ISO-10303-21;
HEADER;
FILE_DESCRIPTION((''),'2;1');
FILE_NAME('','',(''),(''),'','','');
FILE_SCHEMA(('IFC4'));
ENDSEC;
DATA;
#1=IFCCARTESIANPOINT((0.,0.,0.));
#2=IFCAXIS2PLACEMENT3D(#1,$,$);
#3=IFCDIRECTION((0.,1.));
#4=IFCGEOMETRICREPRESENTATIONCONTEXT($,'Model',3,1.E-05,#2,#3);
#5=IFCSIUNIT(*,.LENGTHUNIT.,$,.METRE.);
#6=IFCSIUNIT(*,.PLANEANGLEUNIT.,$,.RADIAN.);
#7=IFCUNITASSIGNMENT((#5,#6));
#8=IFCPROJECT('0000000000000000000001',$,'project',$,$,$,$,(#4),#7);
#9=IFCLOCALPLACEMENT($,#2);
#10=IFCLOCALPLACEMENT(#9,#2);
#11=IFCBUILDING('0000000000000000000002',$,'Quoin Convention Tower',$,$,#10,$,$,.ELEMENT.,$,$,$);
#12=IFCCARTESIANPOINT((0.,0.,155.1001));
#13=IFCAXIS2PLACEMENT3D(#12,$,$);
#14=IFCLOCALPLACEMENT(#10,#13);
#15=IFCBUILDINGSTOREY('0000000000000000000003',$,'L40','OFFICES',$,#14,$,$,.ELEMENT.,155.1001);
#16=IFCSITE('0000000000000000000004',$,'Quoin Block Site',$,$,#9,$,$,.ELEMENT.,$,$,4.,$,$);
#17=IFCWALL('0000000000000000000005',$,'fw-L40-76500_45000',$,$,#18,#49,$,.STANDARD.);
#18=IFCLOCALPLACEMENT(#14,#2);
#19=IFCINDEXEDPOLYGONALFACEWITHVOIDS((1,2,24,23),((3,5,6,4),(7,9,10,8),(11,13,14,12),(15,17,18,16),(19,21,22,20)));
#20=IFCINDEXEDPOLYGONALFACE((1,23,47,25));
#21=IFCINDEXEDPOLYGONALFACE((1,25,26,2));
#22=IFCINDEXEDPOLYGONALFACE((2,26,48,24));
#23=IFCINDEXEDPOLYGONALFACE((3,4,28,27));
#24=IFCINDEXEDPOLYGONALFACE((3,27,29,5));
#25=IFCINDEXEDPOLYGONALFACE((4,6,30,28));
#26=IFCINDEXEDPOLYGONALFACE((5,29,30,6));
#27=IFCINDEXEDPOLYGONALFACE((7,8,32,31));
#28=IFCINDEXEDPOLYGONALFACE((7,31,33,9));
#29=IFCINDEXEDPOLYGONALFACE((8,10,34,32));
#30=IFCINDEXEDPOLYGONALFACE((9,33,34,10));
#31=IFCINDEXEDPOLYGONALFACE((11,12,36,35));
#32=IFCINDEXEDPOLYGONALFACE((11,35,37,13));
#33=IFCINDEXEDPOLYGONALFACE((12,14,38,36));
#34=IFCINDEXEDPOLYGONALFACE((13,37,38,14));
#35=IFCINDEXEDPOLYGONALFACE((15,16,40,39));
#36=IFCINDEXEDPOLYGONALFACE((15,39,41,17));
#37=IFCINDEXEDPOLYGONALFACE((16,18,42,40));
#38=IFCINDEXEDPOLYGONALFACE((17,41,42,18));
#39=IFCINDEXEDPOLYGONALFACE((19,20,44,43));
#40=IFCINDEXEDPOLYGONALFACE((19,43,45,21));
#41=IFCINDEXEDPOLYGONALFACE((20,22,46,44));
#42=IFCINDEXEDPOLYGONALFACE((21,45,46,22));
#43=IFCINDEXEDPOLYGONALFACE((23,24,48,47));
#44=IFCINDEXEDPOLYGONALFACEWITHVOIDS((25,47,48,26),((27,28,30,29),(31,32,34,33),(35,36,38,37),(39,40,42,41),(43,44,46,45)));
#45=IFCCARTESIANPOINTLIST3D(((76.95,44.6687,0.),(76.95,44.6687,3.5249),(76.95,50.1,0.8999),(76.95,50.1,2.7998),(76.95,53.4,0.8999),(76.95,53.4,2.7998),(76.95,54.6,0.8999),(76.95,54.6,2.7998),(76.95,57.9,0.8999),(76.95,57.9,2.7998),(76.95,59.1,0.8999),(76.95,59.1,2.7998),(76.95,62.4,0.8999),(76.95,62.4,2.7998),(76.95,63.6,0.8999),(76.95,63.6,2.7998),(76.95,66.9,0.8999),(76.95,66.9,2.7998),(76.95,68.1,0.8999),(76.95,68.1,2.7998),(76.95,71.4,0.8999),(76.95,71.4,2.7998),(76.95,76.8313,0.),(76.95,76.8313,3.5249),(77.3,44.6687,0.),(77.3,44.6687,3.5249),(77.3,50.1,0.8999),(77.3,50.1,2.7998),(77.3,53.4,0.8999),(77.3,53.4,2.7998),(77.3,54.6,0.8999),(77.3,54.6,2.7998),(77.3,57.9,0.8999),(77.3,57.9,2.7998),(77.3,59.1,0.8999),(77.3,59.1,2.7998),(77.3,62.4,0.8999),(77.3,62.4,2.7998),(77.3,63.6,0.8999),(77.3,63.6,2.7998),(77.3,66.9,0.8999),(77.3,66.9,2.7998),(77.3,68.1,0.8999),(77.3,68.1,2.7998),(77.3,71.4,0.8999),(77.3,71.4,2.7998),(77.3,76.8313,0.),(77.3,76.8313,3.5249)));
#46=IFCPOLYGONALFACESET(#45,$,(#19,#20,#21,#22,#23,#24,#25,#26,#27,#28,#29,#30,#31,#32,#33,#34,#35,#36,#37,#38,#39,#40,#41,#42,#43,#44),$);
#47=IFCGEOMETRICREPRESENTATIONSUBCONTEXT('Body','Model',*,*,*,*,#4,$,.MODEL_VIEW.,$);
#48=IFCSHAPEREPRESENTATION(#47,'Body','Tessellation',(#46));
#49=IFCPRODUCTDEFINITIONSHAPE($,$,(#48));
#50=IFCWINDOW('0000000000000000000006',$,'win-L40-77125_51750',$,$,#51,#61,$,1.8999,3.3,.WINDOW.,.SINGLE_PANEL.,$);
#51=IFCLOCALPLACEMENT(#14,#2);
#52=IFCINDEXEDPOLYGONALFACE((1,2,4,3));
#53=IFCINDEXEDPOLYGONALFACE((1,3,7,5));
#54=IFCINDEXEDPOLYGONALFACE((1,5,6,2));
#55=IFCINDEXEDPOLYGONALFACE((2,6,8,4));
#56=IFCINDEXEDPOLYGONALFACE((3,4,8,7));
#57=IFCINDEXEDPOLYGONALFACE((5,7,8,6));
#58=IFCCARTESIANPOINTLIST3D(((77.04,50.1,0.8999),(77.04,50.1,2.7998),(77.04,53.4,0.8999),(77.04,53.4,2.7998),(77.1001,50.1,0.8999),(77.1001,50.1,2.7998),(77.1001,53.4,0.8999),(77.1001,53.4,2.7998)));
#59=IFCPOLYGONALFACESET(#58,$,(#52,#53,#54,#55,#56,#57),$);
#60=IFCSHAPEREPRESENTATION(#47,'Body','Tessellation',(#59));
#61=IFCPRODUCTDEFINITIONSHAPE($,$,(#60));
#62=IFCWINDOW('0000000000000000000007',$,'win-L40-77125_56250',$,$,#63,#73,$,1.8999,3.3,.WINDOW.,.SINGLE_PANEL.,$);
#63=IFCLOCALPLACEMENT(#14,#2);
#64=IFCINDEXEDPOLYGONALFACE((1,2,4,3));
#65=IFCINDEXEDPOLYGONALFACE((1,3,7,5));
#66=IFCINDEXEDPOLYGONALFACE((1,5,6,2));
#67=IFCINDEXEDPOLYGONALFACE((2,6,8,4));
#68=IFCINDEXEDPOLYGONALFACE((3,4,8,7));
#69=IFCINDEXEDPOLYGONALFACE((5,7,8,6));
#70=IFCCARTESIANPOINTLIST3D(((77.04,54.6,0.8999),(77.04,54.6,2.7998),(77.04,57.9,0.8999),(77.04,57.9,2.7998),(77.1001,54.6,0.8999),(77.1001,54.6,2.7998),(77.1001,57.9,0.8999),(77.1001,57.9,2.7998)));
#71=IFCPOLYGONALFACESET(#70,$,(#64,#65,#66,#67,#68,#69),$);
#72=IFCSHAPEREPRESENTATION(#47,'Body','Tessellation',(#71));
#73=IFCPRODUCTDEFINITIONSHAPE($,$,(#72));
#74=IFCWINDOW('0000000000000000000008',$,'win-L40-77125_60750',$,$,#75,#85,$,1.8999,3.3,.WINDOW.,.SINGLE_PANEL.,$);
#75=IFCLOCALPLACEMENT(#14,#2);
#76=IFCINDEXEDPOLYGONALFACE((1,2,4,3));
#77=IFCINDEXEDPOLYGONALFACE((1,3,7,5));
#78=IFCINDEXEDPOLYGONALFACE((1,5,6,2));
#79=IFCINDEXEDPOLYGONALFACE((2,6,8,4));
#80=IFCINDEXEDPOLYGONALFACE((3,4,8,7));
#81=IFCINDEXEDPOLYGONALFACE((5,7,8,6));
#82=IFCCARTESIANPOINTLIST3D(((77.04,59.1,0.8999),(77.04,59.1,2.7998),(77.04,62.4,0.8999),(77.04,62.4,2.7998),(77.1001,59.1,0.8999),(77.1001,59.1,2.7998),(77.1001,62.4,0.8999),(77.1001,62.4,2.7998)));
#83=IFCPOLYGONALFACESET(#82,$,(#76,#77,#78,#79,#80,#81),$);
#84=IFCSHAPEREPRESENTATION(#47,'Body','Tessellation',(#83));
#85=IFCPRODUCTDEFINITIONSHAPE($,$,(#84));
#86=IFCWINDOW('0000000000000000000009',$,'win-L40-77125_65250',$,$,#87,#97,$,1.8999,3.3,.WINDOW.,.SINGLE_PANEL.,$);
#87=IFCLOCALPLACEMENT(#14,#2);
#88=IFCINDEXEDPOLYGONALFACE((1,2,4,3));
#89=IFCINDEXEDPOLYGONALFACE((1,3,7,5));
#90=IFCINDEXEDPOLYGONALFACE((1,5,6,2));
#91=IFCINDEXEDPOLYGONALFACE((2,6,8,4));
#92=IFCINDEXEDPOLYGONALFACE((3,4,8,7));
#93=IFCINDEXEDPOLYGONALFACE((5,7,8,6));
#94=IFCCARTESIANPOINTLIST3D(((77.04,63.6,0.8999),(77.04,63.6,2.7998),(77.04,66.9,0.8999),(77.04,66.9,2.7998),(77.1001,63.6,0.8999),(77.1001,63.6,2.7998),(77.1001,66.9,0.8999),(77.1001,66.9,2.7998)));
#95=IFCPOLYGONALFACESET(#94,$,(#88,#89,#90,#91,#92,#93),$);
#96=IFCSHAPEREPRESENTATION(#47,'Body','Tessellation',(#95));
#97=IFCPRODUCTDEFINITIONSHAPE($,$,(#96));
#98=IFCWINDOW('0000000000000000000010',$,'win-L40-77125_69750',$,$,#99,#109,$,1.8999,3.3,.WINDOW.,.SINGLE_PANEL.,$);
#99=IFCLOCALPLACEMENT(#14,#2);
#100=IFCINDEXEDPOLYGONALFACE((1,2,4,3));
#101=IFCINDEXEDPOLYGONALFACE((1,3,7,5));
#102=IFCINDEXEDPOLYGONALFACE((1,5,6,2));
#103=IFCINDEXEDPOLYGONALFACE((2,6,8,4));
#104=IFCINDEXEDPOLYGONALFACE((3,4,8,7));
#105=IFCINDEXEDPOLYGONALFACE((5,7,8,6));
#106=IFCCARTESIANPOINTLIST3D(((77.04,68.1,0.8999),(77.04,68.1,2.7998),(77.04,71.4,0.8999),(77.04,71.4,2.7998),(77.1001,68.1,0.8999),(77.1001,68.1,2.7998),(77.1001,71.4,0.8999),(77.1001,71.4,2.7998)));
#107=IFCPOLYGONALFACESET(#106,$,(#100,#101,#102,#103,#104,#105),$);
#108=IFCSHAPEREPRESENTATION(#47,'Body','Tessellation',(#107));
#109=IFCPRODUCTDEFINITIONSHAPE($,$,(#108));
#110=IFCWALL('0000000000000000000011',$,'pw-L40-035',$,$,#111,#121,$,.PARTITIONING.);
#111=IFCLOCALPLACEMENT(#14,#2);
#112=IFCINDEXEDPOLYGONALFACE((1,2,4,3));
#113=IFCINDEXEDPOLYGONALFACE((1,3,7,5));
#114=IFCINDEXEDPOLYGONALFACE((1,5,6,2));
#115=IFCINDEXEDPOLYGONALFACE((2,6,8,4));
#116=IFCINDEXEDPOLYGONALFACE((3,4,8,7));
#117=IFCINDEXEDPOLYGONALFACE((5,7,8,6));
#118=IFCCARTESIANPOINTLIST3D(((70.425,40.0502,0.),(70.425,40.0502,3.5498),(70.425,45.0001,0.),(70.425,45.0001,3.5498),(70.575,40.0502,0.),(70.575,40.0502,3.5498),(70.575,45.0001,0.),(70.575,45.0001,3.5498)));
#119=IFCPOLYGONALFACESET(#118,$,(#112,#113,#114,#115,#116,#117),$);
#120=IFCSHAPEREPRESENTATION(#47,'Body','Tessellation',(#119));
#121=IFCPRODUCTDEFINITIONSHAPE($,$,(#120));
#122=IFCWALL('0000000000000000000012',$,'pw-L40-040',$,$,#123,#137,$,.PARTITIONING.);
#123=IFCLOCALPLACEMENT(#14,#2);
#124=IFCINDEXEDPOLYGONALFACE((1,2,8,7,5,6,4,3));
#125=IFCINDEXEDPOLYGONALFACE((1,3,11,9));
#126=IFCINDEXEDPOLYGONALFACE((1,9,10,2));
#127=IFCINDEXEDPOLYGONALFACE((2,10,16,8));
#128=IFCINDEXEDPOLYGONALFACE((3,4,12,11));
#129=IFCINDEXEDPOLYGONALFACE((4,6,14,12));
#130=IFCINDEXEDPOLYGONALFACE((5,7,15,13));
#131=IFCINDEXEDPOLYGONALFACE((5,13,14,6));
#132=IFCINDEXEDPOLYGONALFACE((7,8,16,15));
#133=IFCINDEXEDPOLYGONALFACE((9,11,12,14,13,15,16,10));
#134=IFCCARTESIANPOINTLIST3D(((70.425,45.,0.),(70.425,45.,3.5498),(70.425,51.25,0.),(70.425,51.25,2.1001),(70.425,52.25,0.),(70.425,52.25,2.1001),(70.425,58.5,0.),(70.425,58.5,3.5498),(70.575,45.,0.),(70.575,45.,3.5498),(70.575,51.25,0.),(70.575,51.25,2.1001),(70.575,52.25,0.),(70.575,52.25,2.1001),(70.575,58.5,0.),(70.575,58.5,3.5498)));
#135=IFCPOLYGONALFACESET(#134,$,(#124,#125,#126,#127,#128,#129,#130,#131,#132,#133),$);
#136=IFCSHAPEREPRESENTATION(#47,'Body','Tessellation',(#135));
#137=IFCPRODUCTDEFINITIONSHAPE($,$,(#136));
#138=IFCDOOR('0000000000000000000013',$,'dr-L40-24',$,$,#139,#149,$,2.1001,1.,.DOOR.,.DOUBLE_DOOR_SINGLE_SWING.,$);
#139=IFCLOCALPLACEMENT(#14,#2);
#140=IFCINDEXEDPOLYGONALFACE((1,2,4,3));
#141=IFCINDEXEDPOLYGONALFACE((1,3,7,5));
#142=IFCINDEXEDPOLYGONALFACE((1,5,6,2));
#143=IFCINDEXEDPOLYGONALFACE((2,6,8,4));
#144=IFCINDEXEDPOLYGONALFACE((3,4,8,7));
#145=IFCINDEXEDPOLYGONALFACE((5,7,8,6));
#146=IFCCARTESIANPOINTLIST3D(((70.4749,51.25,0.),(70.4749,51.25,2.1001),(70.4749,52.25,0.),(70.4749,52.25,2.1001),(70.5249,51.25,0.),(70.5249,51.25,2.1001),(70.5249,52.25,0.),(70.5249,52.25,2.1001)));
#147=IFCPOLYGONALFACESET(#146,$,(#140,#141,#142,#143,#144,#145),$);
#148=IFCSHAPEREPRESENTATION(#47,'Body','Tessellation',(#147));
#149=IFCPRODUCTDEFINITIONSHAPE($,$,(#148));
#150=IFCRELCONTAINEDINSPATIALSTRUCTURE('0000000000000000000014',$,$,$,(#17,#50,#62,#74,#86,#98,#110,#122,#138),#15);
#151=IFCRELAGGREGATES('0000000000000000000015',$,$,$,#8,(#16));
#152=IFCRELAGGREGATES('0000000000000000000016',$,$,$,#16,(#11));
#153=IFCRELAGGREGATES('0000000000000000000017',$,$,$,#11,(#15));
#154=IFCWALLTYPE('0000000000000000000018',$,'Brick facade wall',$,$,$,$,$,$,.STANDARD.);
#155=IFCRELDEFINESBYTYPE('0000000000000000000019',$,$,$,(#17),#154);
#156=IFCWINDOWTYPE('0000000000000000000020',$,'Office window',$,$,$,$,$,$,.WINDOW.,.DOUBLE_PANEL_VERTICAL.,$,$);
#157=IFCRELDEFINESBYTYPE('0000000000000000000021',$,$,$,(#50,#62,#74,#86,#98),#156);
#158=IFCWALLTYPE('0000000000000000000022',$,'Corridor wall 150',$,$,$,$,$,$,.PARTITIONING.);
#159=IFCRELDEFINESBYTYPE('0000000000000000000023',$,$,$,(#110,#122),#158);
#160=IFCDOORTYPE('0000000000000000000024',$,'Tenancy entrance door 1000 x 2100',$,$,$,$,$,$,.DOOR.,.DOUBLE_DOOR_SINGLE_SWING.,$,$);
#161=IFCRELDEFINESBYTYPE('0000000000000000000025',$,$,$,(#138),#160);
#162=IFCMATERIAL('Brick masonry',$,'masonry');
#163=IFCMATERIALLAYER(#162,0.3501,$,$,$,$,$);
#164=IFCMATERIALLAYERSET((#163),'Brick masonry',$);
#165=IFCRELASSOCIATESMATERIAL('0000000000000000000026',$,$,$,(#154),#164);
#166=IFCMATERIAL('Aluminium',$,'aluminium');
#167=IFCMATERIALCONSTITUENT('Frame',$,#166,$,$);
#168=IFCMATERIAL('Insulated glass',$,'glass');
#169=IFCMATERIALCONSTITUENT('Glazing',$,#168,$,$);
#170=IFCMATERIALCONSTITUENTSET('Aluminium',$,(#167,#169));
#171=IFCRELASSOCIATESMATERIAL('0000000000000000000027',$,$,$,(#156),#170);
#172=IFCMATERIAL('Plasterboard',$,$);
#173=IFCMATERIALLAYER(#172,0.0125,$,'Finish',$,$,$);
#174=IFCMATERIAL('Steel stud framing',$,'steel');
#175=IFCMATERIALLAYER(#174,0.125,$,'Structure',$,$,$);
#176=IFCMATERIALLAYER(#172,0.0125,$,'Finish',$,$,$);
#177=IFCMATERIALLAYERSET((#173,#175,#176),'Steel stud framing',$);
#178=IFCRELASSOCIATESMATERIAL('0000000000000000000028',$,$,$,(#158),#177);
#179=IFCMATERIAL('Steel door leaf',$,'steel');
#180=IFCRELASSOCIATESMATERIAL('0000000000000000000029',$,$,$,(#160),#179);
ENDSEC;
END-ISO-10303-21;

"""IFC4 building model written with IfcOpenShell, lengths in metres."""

from ifc_helpers import new_model, si_unit, direction, frame, frame_2d, origin, place, context, subcontext, project, spatial, rectangle, extrude, material, layer, layer_set, constituent, constituent_set, type_object, element, fill, save


model = new_model("IFC4")

# Units and contexts
model_context = context("Model", 3, precision=1e-05, world=origin(), true_north=direction((0.0, 1.0)))
body_context = subcontext(model_context, "Body", "Model", "MODEL_VIEW")
ifc_project = project(units=[si_unit("LENGTHUNIT", "METRE"), si_unit("PLANEANGLEUNIT", "RADIAN")], contexts=[model_context])

# Site, building, storey
site_placement = place(None, origin())
site = spatial("IfcSite", under=ifc_project, at=site_placement, Name="Quoin Block Site", CompositionType="ELEMENT", RefElevation=4.0)
building_placement = place(site_placement, origin())
building = spatial("IfcBuilding", under=site, at=building_placement, Name="Quoin Convention Tower", CompositionType="ELEMENT")
storey_placement = place(building_placement, frame((0.0, 0.0, 155.1001)))
storey = spatial("IfcBuildingStorey", under=building, at=storey_placement, Name="L40", Description="OFFICES", CompositionType="ELEMENT", Elevation=155.1001)

# Shared definitions
ifc_material_1 = material(Name="Brick masonry", Category="masonry")
ifc_layer_1 = layer(ifc_material_1, 0.3501)
ifc_layer_set_1 = layer_set([ifc_layer_1], Name="Brick masonry")
wall_type_1 = type_object("IfcWallType", Name="Brick facade wall", PredefinedType="STANDARD", material=ifc_layer_set_1)
ifc_material_2 = material(Name="Aluminium", Category="aluminium")
ifc_constituent_1 = constituent(ifc_material_2, Name="Frame")
ifc_material_3 = material(Name="Insulated glass", Category="glass")
ifc_constituent_2 = constituent(ifc_material_3, Name="Glazing")
ifc_constituent_set = constituent_set(constituents=[ifc_constituent_1, ifc_constituent_2], Name="Aluminium")
window_type = type_object("IfcWindowType", Name="Office window", PartitioningType="DOUBLE_PANEL_VERTICAL", PredefinedType="WINDOW", material=ifc_constituent_set)

# Wall, openings, windows
wall_1_placement = place(storey_placement, frame((77.125, 44.6687, 0.0), z_axis=(0.0, 0.0, 1.0), x_axis=(0.0, 1.0, 0.0)))
wall_1 = element("IfcWall", 1, at=wall_1_placement, inside=storey, type_object=wall_type_1, Name="fw-L40-76500_45000", PredefinedType="STANDARD", context=body_context, shape_type="SweptSolid", body=[
    extrude(rectangle(XDim=32.1626, YDim=0.3501, at=frame_2d((16.0813, 0.0))), origin(), (0.0, 0.0, 1.0), 3.5249),
])
opening_1_placement = place(wall_1_placement, frame((5.4314, 0.0, 0.8999)))
opening_1 = element("IfcOpeningElement", 2, at=opening_1_placement, cuts=wall_1, PredefinedType="OPENING", context=body_context, shape_type="SweptSolid", body=[
    extrude(rectangle(XDim=3.3, YDim=1.8999, at=frame_2d((1.6499, 0.95))), frame((0.0, 0.1851, 0.0), z_axis=(0.0, -1.0, 0.0), x_axis=(1.0, 0.0, 0.0)), (0.0, 0.0, 1.0), 0.3701),
])
opening_2_placement = place(wall_1_placement, frame((9.9314, 0.0, 0.8999)))
opening_2 = element("IfcOpeningElement", 3, at=opening_2_placement, cuts=wall_1, PredefinedType="OPENING", context=body_context, shape_type="SweptSolid", body=[
    extrude(rectangle(XDim=3.3, YDim=1.8999, at=frame_2d((1.6499, 0.95))), frame((0.0, 0.1851, 0.0), z_axis=(0.0, -1.0, 0.0), x_axis=(1.0, 0.0, 0.0)), (0.0, 0.0, 1.0), 0.3701),
])
opening_3_placement = place(wall_1_placement, frame((14.4314, 0.0, 0.8999)))
opening_3 = element("IfcOpeningElement", 4, at=opening_3_placement, cuts=wall_1, PredefinedType="OPENING", context=body_context, shape_type="SweptSolid", body=[
    extrude(rectangle(XDim=3.3, YDim=1.8999, at=frame_2d((1.6499, 0.95))), frame((0.0, 0.1851, 0.0), z_axis=(0.0, -1.0, 0.0), x_axis=(1.0, 0.0, 0.0)), (0.0, 0.0, 1.0), 0.3701),
])
opening_4_placement = place(wall_1_placement, frame((18.9314, 0.0, 0.8999)))
opening_4 = element("IfcOpeningElement", 5, at=opening_4_placement, cuts=wall_1, PredefinedType="OPENING", context=body_context, shape_type="SweptSolid", body=[
    extrude(rectangle(XDim=3.3, YDim=1.8999, at=frame_2d((1.6499, 0.95))), frame((0.0, 0.1851, 0.0), z_axis=(0.0, -1.0, 0.0), x_axis=(1.0, 0.0, 0.0)), (0.0, 0.0, 1.0), 0.3701),
])
opening_5_placement = place(wall_1_placement, frame((23.4314, 0.0, 0.8999)))
opening_5 = element("IfcOpeningElement", 6, at=opening_5_placement, cuts=wall_1, PredefinedType="OPENING", context=body_context, shape_type="SweptSolid", body=[
    extrude(rectangle(XDim=3.3, YDim=1.8999, at=frame_2d((1.6499, 0.95))), frame((0.0, 0.1851, 0.0), z_axis=(0.0, -1.0, 0.0), x_axis=(1.0, 0.0, 0.0)), (0.0, 0.0, 1.0), 0.3701),
])
window_1_placement = place(opening_1_placement, origin())
window_1 = element("IfcWindow", 7, at=window_1_placement, inside=storey, type_object=window_type, Name="win-L40-77125_51750", OverallHeight=1.8999, OverallWidth=3.3, PartitioningType="SINGLE_PANEL", PredefinedType="WINDOW", context=body_context, shape_type="SweptSolid", body=[
    extrude(rectangle(XDim=3.3, YDim=1.8999, at=frame_2d((1.6499, 0.95))), frame((0.0, 0.085, 0.0), z_axis=(0.0, -1.0, 0.0), x_axis=(1.0, 0.0, 0.0)), (0.0, 0.0, 1.0), 0.0601),
])
fill(opening_1, window_1)
window_2_placement = place(opening_2_placement, origin())
window_2 = element("IfcWindow", 8, at=window_2_placement, inside=storey, type_object=window_type, Name="win-L40-77125_56250", OverallHeight=1.8999, OverallWidth=3.3, PartitioningType="SINGLE_PANEL", PredefinedType="WINDOW", context=body_context, shape_type="SweptSolid", body=[
    extrude(rectangle(XDim=3.3, YDim=1.8999, at=frame_2d((1.6499, 0.95))), frame((0.0, 0.085, 0.0), z_axis=(0.0, -1.0, 0.0), x_axis=(1.0, 0.0, 0.0)), (0.0, 0.0, 1.0), 0.0601),
])
fill(opening_2, window_2)
window_3_placement = place(opening_3_placement, origin())
window_3 = element("IfcWindow", 9, at=window_3_placement, inside=storey, type_object=window_type, Name="win-L40-77125_60750", OverallHeight=1.8999, OverallWidth=3.3, PartitioningType="SINGLE_PANEL", PredefinedType="WINDOW", context=body_context, shape_type="SweptSolid", body=[
    extrude(rectangle(XDim=3.3, YDim=1.8999, at=frame_2d((1.6499, 0.95))), frame((0.0, 0.085, 0.0), z_axis=(0.0, -1.0, 0.0), x_axis=(1.0, 0.0, 0.0)), (0.0, 0.0, 1.0), 0.0601),
])
fill(opening_3, window_3)
window_4_placement = place(opening_4_placement, origin())
window_4 = element("IfcWindow", 10, at=window_4_placement, inside=storey, type_object=window_type, Name="win-L40-77125_65250", OverallHeight=1.8999, OverallWidth=3.3, PartitioningType="SINGLE_PANEL", PredefinedType="WINDOW", context=body_context, shape_type="SweptSolid", body=[
    extrude(rectangle(XDim=3.3, YDim=1.8999, at=frame_2d((1.6499, 0.95))), frame((0.0, 0.085, 0.0), z_axis=(0.0, -1.0, 0.0), x_axis=(1.0, 0.0, 0.0)), (0.0, 0.0, 1.0), 0.0601),
])
fill(opening_4, window_4)
window_5_placement = place(opening_5_placement, origin())
window_5 = element("IfcWindow", 11, at=window_5_placement, inside=storey, type_object=window_type, Name="win-L40-77125_69750", OverallHeight=1.8999, OverallWidth=3.3, PartitioningType="SINGLE_PANEL", PredefinedType="WINDOW", context=body_context, shape_type="SweptSolid", body=[
    extrude(rectangle(XDim=3.3, YDim=1.8999, at=frame_2d((1.6499, 0.95))), frame((0.0, 0.085, 0.0), z_axis=(0.0, -1.0, 0.0), x_axis=(1.0, 0.0, 0.0)), (0.0, 0.0, 1.0), 0.0601),
])
fill(opening_5, window_5)

# Wall
ifc_material_4 = material(Name="Plasterboard")
ifc_layer_2 = layer(ifc_material_4, 0.0125, Name="Finish")
ifc_material_5 = material(Name="Steel stud framing", Category="steel")
ifc_layer_3 = layer(ifc_material_5, 0.125, Name="Structure")
ifc_layer_4 = layer(ifc_material_4, 0.0125, Name="Finish")
ifc_layer_set_2 = layer_set([ifc_layer_2, ifc_layer_3, ifc_layer_4], Name="Steel stud framing")
wall_type_2 = type_object("IfcWallType", Name="Corridor wall 150", PredefinedType="PARTITIONING", material=ifc_layer_set_2)
wall_2_placement = place(storey_placement, frame((70.5, 40.05, 0.0), z_axis=(0.0, 0.0, 1.0), x_axis=(0.0, 1.0, 0.0)))
element("IfcWall", 12, at=wall_2_placement, inside=storey, type_object=wall_type_2, Name="pw-L40-035", PredefinedType="PARTITIONING", context=body_context, shape_type="SweptSolid", body=[
    extrude(rectangle(XDim=4.95, YDim=0.1499, at=frame_2d((2.4751, 0.0))), origin(), (0.0, 0.0, 1.0), 3.5498),
])

# Wall, opening, door
wall_3_placement = place(storey_placement, frame((70.5, 45.0, 0.0), z_axis=(0.0, 0.0, 1.0), x_axis=(0.0, 1.0, 0.0)))
wall_3 = element("IfcWall", 13, at=wall_3_placement, inside=storey, type_object=wall_type_2, Name="pw-L40-040", PredefinedType="PARTITIONING", context=body_context, shape_type="SweptSolid", body=[
    extrude(rectangle(XDim=13.5, YDim=0.1499, at=frame_2d((6.75, 0.0))), origin(), (0.0, 0.0, 1.0), 3.5498),
])
opening_6_placement = place(wall_3_placement, frame((6.25, 0.0, 0.0)))
opening_6 = element("IfcOpeningElement", 14, at=opening_6_placement, cuts=wall_3, PredefinedType="OPENING", context=body_context, shape_type="SweptSolid", body=[
    extrude(rectangle(XDim=1.0, YDim=2.1001, at=frame_2d((0.5, 1.05))), frame((0.0, 0.085, 0.0), z_axis=(0.0, -1.0, 0.0), x_axis=(1.0, 0.0, 0.0)), (0.0, 0.0, 1.0), 0.1699),
])
ifc_material_6 = material(Name="Steel door leaf", Category="steel")
door_type_1 = type_object("IfcDoorType", Name="Tenancy entrance door 1000 x 2100", OperationType="DOUBLE_DOOR_SINGLE_SWING", PredefinedType="DOOR", material=ifc_material_6)
door_1_placement = place(opening_6_placement, frame((1.0, 0.0, 0.0), z_axis=(0.0, 0.0, 1.0), x_axis=(-1.0, 0.0, 0.0)))
door_1 = element("IfcDoor", 15, at=door_1_placement, inside=storey, type_object=door_type_1, Name="dr-L40-24", OperationType="DOUBLE_DOOR_SINGLE_SWING", OverallHeight=2.1001, OverallWidth=1.0, PredefinedType="DOOR", context=body_context, shape_type="SweptSolid", body=[
    extrude(rectangle(XDim=1.0, YDim=2.1001, at=frame_2d((0.5, 1.05))), frame((0.0, 0.0249, 0.0), z_axis=(0.0, -1.0, 0.0), x_axis=(1.0, 0.0, 0.0)), (0.0, 0.0, 1.0), 0.05),
])
fill(opening_6, door_1)

save(model, "model.ifc")
